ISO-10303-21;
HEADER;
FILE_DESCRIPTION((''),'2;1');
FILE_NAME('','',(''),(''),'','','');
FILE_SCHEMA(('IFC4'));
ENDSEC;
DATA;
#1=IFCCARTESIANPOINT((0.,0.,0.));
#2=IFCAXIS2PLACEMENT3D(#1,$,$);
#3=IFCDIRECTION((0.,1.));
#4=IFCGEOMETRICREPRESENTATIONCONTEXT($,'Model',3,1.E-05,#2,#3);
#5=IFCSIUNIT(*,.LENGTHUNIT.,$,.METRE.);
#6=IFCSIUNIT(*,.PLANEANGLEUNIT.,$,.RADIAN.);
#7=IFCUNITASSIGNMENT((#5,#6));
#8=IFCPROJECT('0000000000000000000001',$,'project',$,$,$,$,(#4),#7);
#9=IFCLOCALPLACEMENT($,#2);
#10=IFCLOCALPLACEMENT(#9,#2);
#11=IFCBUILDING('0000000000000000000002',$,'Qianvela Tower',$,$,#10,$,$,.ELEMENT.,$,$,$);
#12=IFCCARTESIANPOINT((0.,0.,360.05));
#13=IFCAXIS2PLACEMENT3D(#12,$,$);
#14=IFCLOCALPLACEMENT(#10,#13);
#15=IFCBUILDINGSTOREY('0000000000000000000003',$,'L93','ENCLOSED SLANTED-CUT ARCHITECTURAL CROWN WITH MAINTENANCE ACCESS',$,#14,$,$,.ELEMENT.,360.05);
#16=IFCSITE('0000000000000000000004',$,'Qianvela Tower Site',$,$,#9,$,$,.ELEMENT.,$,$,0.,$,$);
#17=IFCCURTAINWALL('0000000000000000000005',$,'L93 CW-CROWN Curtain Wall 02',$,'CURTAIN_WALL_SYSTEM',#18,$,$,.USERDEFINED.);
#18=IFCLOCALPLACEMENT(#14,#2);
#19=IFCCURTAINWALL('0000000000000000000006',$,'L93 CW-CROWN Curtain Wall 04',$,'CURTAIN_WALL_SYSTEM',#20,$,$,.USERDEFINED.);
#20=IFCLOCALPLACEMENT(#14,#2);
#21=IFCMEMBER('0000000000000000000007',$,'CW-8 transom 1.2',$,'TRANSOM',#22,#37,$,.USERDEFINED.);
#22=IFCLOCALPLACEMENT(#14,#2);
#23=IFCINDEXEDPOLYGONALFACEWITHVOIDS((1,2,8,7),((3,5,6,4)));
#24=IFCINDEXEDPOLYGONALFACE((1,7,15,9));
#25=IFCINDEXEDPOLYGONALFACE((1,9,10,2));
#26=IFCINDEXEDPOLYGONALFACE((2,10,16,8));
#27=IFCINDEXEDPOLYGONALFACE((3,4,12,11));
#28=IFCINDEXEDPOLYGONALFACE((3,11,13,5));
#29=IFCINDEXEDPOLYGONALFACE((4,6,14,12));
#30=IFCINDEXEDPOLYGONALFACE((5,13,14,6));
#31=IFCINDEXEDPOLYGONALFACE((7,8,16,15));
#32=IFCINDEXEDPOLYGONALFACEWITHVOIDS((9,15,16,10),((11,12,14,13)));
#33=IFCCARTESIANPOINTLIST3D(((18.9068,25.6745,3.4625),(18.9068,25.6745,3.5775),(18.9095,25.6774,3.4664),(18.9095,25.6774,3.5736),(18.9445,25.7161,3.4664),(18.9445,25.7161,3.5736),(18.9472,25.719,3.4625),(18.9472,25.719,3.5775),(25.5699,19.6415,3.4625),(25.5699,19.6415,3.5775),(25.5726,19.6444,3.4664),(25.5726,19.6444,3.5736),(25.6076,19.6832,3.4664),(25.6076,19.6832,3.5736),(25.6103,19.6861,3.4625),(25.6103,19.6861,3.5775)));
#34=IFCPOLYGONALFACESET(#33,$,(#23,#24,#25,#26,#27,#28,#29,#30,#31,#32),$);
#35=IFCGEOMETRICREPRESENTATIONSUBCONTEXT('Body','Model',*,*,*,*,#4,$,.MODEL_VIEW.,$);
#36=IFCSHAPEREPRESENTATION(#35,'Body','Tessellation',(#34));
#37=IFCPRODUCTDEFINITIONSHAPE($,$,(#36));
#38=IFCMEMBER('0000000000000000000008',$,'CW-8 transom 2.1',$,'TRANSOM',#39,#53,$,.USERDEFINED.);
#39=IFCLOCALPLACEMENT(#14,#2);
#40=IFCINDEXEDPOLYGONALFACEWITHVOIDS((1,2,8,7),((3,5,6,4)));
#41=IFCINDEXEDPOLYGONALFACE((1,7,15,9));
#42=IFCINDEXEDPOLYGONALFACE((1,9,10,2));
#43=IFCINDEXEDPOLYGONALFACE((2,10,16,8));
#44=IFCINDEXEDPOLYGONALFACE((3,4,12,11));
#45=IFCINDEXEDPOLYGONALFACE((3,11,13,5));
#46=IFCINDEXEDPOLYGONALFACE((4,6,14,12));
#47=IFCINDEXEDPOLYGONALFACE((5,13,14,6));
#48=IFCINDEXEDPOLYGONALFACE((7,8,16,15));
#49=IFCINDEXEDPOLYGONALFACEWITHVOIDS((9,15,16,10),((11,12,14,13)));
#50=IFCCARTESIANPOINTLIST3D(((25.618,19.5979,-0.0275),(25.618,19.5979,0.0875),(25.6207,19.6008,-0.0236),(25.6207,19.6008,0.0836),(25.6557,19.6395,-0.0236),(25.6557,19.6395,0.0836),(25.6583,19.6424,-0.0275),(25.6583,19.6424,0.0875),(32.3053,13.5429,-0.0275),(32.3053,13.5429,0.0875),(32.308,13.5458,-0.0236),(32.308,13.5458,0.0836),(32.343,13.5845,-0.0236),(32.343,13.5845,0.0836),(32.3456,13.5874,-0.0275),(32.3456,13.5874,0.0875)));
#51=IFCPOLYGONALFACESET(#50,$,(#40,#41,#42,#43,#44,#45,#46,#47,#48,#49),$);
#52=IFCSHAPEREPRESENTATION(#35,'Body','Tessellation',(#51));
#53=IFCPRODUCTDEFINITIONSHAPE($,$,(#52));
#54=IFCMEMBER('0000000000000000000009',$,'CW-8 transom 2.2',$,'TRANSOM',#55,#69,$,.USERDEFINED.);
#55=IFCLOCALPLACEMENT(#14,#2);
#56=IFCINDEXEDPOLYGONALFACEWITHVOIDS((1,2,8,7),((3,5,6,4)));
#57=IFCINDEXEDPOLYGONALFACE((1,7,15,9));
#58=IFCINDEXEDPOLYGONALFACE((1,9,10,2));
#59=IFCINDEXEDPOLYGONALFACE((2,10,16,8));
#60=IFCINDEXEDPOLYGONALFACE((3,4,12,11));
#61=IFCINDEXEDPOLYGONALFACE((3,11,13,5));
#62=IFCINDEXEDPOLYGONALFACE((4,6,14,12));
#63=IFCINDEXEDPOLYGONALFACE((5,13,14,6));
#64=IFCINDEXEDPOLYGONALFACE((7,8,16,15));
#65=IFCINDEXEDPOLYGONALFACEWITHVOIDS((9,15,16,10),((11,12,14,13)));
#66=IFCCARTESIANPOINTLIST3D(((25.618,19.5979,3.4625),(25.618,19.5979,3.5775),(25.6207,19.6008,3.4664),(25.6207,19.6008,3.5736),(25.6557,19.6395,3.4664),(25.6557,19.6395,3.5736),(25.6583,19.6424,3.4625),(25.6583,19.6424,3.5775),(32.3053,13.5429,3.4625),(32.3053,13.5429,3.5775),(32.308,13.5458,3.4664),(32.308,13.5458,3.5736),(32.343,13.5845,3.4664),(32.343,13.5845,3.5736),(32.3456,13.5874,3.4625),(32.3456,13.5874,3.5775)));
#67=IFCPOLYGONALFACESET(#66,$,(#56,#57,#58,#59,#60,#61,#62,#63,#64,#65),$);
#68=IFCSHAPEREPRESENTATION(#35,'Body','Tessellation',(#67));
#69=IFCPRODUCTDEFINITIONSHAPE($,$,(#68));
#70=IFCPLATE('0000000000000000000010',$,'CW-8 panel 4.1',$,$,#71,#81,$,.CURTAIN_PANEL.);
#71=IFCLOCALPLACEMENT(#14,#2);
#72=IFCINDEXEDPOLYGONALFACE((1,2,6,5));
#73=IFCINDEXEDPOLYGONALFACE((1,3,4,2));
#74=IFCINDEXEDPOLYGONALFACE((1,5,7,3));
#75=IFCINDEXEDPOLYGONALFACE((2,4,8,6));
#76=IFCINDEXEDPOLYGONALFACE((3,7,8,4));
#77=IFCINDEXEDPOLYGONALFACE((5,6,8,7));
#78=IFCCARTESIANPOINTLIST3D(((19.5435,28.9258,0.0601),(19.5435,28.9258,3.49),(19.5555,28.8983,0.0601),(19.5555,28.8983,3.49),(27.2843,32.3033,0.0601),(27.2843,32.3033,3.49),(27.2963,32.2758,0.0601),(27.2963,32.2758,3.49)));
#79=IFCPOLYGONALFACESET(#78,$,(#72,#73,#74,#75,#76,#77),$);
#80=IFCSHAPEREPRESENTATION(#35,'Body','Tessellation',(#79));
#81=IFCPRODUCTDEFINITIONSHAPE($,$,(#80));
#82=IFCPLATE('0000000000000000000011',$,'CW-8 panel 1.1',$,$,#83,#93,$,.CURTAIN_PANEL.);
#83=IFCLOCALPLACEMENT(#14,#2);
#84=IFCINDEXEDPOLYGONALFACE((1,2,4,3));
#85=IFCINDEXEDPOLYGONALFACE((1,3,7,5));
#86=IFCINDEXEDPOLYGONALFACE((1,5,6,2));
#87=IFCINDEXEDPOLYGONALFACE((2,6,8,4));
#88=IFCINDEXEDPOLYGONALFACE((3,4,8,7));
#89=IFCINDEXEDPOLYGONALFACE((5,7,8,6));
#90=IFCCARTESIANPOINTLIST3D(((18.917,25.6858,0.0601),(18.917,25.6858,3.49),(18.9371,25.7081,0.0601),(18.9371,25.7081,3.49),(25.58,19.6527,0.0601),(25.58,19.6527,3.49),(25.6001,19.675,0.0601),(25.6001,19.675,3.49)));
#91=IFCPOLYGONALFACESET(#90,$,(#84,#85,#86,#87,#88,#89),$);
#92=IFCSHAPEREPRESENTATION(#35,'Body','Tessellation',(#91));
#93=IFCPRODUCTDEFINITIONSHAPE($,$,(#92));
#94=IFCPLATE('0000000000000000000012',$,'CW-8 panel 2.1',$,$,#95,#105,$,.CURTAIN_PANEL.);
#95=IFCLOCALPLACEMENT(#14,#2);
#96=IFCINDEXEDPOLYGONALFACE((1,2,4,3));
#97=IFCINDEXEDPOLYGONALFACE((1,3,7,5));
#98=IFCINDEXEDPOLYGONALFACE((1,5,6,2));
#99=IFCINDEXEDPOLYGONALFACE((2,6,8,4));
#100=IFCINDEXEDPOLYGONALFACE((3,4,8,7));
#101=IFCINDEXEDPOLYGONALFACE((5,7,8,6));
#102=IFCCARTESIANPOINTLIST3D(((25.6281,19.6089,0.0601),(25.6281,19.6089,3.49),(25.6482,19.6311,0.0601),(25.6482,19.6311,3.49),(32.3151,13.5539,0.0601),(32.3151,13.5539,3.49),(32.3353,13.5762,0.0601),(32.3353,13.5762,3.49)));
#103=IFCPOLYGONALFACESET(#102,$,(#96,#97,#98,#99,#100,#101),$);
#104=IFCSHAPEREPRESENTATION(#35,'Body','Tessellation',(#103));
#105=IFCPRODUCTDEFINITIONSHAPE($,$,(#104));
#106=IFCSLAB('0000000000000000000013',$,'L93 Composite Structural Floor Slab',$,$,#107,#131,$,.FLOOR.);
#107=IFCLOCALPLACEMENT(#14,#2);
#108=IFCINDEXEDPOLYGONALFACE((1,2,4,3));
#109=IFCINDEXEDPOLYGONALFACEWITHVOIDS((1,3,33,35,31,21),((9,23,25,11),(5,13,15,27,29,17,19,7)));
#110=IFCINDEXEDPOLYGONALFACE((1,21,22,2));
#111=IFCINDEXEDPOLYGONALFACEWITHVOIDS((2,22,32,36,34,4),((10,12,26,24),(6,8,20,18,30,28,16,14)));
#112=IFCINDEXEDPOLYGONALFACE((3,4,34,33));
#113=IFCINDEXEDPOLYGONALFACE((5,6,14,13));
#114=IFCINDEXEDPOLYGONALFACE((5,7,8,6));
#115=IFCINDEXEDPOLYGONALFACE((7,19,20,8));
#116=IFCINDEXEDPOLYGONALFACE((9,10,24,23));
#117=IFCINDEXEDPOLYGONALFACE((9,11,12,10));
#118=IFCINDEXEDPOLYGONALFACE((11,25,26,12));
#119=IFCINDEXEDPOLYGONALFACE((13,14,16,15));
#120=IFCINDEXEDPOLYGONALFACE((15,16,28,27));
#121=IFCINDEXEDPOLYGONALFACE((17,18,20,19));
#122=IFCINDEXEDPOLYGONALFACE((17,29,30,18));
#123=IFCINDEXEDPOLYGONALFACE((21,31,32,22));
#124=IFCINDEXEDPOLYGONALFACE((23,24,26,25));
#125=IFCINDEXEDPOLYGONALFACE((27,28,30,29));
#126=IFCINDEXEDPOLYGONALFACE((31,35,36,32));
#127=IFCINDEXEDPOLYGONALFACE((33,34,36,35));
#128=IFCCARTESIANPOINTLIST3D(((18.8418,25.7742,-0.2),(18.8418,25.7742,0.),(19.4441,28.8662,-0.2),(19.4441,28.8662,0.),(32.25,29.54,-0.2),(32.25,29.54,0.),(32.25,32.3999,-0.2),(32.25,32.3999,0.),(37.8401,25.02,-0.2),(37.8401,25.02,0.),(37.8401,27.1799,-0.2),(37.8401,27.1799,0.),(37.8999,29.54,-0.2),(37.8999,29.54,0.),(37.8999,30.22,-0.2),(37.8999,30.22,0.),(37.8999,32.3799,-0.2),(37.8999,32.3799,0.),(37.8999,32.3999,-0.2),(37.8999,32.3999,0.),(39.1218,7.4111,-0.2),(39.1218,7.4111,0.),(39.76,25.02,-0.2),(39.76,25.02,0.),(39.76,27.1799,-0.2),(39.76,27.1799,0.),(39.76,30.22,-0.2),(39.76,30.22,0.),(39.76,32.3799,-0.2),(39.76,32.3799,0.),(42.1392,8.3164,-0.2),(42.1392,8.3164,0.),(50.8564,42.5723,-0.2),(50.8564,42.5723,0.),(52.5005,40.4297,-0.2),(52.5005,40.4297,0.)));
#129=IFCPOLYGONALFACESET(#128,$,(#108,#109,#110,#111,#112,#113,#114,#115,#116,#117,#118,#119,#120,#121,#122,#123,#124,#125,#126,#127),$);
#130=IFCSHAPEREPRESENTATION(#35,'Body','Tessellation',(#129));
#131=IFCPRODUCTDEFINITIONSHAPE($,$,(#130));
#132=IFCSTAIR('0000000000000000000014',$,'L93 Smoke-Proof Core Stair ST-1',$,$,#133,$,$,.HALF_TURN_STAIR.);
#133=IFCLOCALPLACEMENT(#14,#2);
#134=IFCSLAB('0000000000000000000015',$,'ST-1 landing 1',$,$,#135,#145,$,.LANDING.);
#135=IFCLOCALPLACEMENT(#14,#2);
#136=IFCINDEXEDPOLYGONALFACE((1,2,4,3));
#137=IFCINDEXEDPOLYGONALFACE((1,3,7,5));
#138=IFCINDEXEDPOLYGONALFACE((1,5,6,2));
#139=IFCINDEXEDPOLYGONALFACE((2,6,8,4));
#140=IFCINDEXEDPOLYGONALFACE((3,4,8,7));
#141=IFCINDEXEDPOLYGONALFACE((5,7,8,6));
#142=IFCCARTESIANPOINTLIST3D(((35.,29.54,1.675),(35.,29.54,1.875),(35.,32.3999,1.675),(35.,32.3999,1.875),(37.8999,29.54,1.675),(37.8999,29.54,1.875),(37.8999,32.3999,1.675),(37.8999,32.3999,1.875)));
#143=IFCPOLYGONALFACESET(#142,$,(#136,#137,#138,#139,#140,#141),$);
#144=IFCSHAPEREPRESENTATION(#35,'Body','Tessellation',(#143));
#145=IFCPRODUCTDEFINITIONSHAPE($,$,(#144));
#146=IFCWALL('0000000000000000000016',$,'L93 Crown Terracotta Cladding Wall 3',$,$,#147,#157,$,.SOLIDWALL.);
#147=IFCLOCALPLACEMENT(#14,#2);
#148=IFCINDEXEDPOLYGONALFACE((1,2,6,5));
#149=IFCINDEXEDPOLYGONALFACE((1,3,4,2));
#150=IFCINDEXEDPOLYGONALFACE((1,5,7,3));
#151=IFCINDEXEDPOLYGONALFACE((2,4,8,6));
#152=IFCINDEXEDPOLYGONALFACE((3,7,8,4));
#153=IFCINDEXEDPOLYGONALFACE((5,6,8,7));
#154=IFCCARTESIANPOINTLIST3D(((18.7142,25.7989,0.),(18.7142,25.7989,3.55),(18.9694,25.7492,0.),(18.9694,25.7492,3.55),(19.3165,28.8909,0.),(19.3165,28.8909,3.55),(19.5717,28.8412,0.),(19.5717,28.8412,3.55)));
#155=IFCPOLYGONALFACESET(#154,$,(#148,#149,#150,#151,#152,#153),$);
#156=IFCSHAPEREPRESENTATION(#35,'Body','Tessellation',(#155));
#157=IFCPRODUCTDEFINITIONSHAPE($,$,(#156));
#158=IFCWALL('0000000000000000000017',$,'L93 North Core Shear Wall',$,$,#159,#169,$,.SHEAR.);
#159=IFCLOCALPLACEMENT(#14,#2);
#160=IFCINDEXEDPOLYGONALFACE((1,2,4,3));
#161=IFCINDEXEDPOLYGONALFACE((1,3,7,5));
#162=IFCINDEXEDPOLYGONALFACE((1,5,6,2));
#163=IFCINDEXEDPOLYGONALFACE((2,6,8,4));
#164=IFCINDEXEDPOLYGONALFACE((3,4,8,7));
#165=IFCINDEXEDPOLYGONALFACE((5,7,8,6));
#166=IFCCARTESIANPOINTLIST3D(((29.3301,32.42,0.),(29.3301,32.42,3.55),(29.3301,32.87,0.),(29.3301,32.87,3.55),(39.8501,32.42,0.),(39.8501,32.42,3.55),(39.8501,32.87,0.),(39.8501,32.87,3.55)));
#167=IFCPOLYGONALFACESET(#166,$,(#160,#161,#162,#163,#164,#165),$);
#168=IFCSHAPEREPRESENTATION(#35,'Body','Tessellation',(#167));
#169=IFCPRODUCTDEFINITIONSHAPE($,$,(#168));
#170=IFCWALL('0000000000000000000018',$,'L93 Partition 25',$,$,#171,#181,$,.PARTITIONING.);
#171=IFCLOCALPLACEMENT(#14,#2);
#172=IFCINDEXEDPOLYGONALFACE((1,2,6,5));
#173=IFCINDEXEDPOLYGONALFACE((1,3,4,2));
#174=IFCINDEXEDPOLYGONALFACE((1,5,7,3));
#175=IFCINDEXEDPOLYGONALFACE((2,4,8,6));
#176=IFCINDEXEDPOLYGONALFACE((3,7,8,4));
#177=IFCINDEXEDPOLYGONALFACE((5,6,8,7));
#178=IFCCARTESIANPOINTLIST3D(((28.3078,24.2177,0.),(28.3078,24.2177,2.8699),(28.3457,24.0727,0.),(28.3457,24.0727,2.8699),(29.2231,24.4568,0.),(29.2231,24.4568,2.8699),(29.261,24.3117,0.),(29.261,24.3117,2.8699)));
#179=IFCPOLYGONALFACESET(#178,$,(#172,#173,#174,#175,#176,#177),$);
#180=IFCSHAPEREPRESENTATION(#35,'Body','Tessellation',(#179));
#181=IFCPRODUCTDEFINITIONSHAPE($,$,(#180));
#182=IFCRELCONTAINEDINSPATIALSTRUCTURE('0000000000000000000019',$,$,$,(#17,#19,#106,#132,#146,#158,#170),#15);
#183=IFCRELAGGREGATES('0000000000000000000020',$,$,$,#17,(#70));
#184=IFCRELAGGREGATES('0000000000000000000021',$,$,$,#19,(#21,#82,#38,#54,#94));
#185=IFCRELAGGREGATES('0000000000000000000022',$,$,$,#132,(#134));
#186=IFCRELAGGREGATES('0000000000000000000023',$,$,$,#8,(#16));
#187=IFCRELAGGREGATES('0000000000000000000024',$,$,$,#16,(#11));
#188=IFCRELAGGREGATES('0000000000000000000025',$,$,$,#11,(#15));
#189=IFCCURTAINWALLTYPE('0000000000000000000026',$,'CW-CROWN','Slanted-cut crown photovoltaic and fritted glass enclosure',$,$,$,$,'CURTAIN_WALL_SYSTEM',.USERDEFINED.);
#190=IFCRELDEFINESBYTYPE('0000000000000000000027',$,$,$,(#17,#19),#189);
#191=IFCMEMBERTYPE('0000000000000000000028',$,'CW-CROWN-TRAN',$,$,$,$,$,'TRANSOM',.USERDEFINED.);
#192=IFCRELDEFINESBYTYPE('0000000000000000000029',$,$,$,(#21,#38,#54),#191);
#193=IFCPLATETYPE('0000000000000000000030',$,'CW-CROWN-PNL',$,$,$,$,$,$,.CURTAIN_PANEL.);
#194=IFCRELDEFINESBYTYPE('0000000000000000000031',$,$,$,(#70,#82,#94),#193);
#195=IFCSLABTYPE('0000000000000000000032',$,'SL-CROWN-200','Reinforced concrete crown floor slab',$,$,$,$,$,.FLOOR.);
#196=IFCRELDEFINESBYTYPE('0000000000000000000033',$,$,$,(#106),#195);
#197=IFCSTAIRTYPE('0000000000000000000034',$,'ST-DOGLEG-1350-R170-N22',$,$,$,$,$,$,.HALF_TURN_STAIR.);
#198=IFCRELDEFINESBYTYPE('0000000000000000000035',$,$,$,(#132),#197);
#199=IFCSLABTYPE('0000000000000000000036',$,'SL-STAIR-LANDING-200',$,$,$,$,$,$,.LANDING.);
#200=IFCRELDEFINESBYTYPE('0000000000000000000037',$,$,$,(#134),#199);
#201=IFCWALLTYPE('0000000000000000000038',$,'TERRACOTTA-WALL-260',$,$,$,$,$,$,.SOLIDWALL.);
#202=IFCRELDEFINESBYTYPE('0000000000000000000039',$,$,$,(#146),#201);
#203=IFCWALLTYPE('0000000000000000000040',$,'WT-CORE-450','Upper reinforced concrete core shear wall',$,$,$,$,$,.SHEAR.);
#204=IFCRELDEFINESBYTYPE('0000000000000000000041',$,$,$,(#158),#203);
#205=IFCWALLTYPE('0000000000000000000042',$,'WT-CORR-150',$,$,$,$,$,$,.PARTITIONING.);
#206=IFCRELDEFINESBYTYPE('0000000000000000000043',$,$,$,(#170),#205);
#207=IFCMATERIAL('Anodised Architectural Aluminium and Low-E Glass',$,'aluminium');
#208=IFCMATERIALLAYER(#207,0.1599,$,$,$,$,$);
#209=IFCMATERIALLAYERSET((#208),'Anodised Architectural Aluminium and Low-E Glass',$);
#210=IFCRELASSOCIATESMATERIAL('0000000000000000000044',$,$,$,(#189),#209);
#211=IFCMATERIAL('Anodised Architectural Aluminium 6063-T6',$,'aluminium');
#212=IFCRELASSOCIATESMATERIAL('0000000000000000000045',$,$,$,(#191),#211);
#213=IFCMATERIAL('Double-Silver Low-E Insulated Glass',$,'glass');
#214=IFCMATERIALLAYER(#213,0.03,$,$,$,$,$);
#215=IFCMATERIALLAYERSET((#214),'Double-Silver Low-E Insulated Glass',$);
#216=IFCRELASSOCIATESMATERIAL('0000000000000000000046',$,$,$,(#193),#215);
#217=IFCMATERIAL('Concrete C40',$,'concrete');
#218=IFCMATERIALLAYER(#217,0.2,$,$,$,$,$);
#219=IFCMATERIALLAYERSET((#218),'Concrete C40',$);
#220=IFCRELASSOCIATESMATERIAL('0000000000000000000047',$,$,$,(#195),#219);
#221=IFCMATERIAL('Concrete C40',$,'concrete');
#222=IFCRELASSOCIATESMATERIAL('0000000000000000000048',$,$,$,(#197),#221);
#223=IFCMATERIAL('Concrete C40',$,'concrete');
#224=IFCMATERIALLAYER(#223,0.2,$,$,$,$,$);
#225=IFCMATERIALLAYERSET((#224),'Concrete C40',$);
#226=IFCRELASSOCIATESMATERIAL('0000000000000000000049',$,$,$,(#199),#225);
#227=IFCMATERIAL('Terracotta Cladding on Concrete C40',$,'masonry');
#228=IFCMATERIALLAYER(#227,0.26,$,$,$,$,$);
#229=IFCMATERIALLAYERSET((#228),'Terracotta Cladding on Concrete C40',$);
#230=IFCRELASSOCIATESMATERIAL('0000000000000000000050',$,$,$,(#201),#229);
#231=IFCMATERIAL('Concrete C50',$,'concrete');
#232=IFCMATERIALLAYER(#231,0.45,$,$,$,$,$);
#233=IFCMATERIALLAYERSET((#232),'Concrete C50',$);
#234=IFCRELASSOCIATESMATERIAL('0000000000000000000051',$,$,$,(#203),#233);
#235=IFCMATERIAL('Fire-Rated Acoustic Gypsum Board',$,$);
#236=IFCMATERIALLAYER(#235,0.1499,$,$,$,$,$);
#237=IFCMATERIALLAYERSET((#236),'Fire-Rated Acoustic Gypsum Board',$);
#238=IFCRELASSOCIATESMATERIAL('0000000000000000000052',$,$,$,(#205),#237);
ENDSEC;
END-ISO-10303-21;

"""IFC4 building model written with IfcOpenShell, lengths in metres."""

from ifc_helpers import new_model, si_unit, direction, frame, frame_2d, origin, origin_2d, place, context, subcontext, project, spatial, polyline, rectangle, hollow_rectangle, outline, extrude, material, layer, layer_set, material_profile, profile_set, type_object, element, aggregate, save


model = new_model("IFC4")

# Units and contexts
model_context = context("Model", 3, precision=1e-05, world=origin(), true_north=direction((0.0, 1.0)))
body_context = subcontext(model_context, "Body", "Model", "MODEL_VIEW")
ifc_project = project(units=[si_unit("LENGTHUNIT", "METRE"), si_unit("PLANEANGLEUNIT", "RADIAN")], contexts=[model_context])

# Site, building, storey
site_placement = place(None, origin())
site = spatial("IfcSite", under=ifc_project, at=site_placement, Name="Qianvela Tower Site", CompositionType="ELEMENT", RefElevation=0.0)
building_placement = place(site_placement, origin())
building = spatial("IfcBuilding", under=site, at=building_placement, Name="Qianvela Tower", CompositionType="ELEMENT")
storey_placement = place(building_placement, frame((0.0, 0.0, 360.05)))
storey = spatial("IfcBuildingStorey", under=building, at=storey_placement, Name="L93", Description="ENCLOSED SLANTED-CUT ARCHITECTURAL CROWN WITH MAINTENANCE ACCESS", CompositionType="ELEMENT", Elevation=360.05)

# Curtain walls
ifc_material_1 = material(Name="Anodised Architectural Aluminium and Low-E Glass", Category="aluminium")
ifc_layer_1 = layer(ifc_material_1, 0.1599)
ifc_layer_set_1 = layer_set([ifc_layer_1], Name="Anodised Architectural Aluminium and Low-E Glass")
curtain_wall_type = type_object("IfcCurtainWallType", Name="CW-CROWN", Description="Slanted-cut crown photovoltaic and fritted glass enclosure", ElementType="CURTAIN_WALL_SYSTEM", PredefinedType="USERDEFINED", material=ifc_layer_set_1)
curtain_wall_1_placement = place(storey_placement, origin())
curtain_wall_1 = element("IfcCurtainWall", 1, at=curtain_wall_1_placement, inside=storey, type_object=curtain_wall_type, Name="L93 CW-CROWN Curtain Wall 02", ObjectType="CURTAIN_WALL_SYSTEM", PredefinedType="USERDEFINED")
curtain_wall_2_placement = place(storey_placement, origin())
curtain_wall_2 = element("IfcCurtainWall", 2, at=curtain_wall_2_placement, inside=storey, type_object=curtain_wall_type, Name="L93 CW-CROWN Curtain Wall 04", ObjectType="CURTAIN_WALL_SYSTEM", PredefinedType="USERDEFINED")

# Members
ifc_material_2 = material(Name="Anodised Architectural Aluminium 6063-T6", Category="aluminium")
ifc_material_profile_1 = material_profile(ifc_material_2, hollow_rectangle(XDim=0.0601, YDim=0.115, WallThickness=0.0039, at=origin_2d()), Name="ALU-TRAN-60x115")
ifc_profile_set_1 = profile_set([ifc_material_profile_1], Name="Anodised Architectural Aluminium 6063-T6")
member_type_1 = type_object("IfcMemberType", Name="CW-CROWN-TRAN", ElementType="TRANSOM", PredefinedType="USERDEFINED", material=ifc_profile_set_1)
member_1_placement = place(storey_placement, frame((18.927, 25.6968, 3.52), z_axis=(0.741289, -0.671186, 0.0), x_axis=(0.671186, 0.741289, 0.0)))
member_1 = element("IfcMember", 3, at=member_1_placement, type_object=member_type_1, Name="CW-8 transom 1.2", ObjectType="TRANSOM", PredefinedType="USERDEFINED", context=body_context, shape_type="SweptSolid", body=[
    extrude(hollow_rectangle(XDim=0.0601, YDim=0.115, WallThickness=0.0039, at=origin_2d()), origin(), (0.0, 0.0, 1.0), 8.9885),
])
member_2_placement = place(storey_placement, frame((25.6382, 19.6201, 0.03), z_axis=(0.741284, -0.671191, 0.0), x_axis=(0.671191, 0.741284, 0.0)))
member_2 = element("IfcMember", 4, at=member_2_placement, type_object=member_type_1, Name="CW-8 transom 2.1", ObjectType="TRANSOM", PredefinedType="USERDEFINED", context=body_context, shape_type="SweptSolid", body=[
    extrude(hollow_rectangle(XDim=0.0601, YDim=0.115, WallThickness=0.0039, at=origin_2d()), origin(), (0.0, 0.0, 1.0), 9.0212),
])
member_3_placement = place(storey_placement, frame((25.6382, 19.6201, 3.52), z_axis=(0.741284, -0.671191, 0.0), x_axis=(0.671191, 0.741284, 0.0)))
member_3 = element("IfcMember", 5, at=member_3_placement, type_object=member_type_1, Name="CW-8 transom 2.2", ObjectType="TRANSOM", PredefinedType="USERDEFINED", context=body_context, shape_type="SweptSolid", body=[
    extrude(hollow_rectangle(XDim=0.0601, YDim=0.115, WallThickness=0.0039, at=origin_2d()), origin(), (0.0, 0.0, 1.0), 9.0212),
])

# Plates
ifc_material_3 = material(Name="Double-Silver Low-E Insulated Glass", Category="glass")
ifc_layer_2 = layer(ifc_material_3, 0.03)
ifc_layer_set_2 = layer_set([ifc_layer_2], Name="Double-Silver Low-E Insulated Glass")
plate_type = type_object("IfcPlateType", Name="CW-CROWN-PNL", PredefinedType="CURTAIN_PANEL", material=ifc_layer_set_2)
plate_1_placement = place(storey_placement, frame((23.4199, 30.6008, 0.0601), z_axis=(0.0, 0.0, 1.0), x_axis=(-0.916552, -0.399915, 0.0)))
plate_1 = element("IfcPlate", 6, at=plate_1_placement, type_object=plate_type, Name="CW-8 panel 4.1", PredefinedType="CURTAIN_PANEL", context=body_context, shape_type="SweptSolid", body=[
    extrude(rectangle(XDim=8.4456, YDim=0.03, at=origin_2d()), origin(), (0.0, 0.0, 1.0), 3.4299),
])
aggregate(curtain_wall_1, [plate_1])
plate_2_placement = place(storey_placement, frame((22.2585, 22.6804, 0.0601), z_axis=(0.0, 0.0, 1.0), x_axis=(0.741275, -0.671201, 0.0)))
plate_2 = element("IfcPlate", 7, at=plate_2_placement, type_object=plate_type, Name="CW-8 panel 1.1", PredefinedType="CURTAIN_PANEL", context=body_context, shape_type="SweptSolid", body=[
    extrude(rectangle(XDim=8.9885, YDim=0.03, at=origin_2d()), origin(), (0.0, 0.0, 1.0), 3.4299),
])
plate_3_placement = place(storey_placement, frame((28.9817, 16.5925, 0.0601), z_axis=(0.0, 0.0, 1.0), x_axis=(0.741275, -0.671201, 0.0)))
plate_3 = element("IfcPlate", 8, at=plate_3_placement, type_object=plate_type, Name="CW-8 panel 2.1", PredefinedType="CURTAIN_PANEL", context=body_context, shape_type="SweptSolid", body=[
    extrude(rectangle(XDim=9.021, YDim=0.03, at=origin_2d()), origin(), (0.0, 0.0, 1.0), 3.4299),
])
aggregate(curtain_wall_2, [member_1, plate_2, member_2, member_3, plate_3])

# Slab
ifc_material_4 = material(Name="Concrete C40", Category="concrete")
ifc_layer_3 = layer(ifc_material_4, 0.2)
ifc_layer_set_3 = layer_set([ifc_layer_3], Name="Concrete C40")
slab_type_1 = type_object("IfcSlabType", Name="SL-CROWN-200", Description="Reinforced concrete crown floor slab", PredefinedType="FLOOR", material=ifc_layer_set_3)
slab_1_placement = place(storey_placement, frame((0.0, 0.0, -0.2)))
element("IfcSlab", 9, at=slab_1_placement, inside=storey, type_object=slab_type_1, Name="L93 Composite Structural Floor Slab", PredefinedType="FLOOR", context=body_context, shape_type="SweptSolid", body=[
    extrude(outline(polyline([(52.5005, 40.4297), (50.8564, 42.5723), (19.4441, 28.8662), (18.8418, 25.7742), (39.1218, 7.4111), (42.1392, 8.3164), (52.5005, 40.4297)]), holes=[polyline([(37.8401, 25.02), (39.76, 25.02), (39.76, 27.1799), (37.8401, 27.1799), (37.8401, 25.02)]), polyline([(37.8999, 29.54), (37.8999, 30.22), (39.76, 30.22), (39.76, 32.3799), (37.8999, 32.3799), (37.8999, 32.3999), (32.25, 32.3999), (32.25, 29.54), (37.8999, 29.54)])]), origin(), (0.0, 0.0, 1.0), 0.2),
])

# Stair, slab
ifc_material_5 = material(Name="Concrete C40", Category="concrete")
stair_type = type_object("IfcStairType", Name="ST-DOGLEG-1350-R170-N22", PredefinedType="HALF_TURN_STAIR", material=ifc_material_5)
stair_placement = place(storey_placement, origin())
stair = element("IfcStair", 10, at=stair_placement, inside=storey, type_object=stair_type, Name="L93 Smoke-Proof Core Stair ST-1", PredefinedType="HALF_TURN_STAIR")
ifc_material_6 = material(Name="Concrete C40", Category="concrete")
ifc_layer_4 = layer(ifc_material_6, 0.2)
ifc_layer_set_4 = layer_set([ifc_layer_4], Name="Concrete C40")
slab_type_2 = type_object("IfcSlabType", Name="SL-STAIR-LANDING-200", PredefinedType="LANDING", material=ifc_layer_set_4)
slab_2_placement = place(storey_placement, frame((0.0, 0.0, 1.675)))
slab_2 = element("IfcSlab", 11, at=slab_2_placement, type_object=slab_type_2, Name="ST-1 landing 1", PredefinedType="LANDING", context=body_context, shape_type="SweptSolid", body=[
    extrude(outline(polyline([(35.0, 29.54), (37.8999, 29.54), (37.8999, 32.3999), (35.0, 32.3999), (35.0, 29.54)])), origin(), (0.0, 0.0, 1.0), 0.2),
])
aggregate(stair, [slab_2])

# Walls
ifc_material_7 = material(Name="Terracotta Cladding on Concrete C40", Category="masonry")
ifc_layer_5 = layer(ifc_material_7, 0.26)
ifc_layer_set_5 = layer_set([ifc_layer_5], Name="Terracotta Cladding on Concrete C40")
wall_type_1 = type_object("IfcWallType", Name="TERRACOTTA-WALL-260", PredefinedType="SOLIDWALL", material=ifc_layer_set_5)
wall_1_placement = place(storey_placement, frame((19.4441, 28.8662, 0.0), z_axis=(0.0, 0.0, 1.0), x_axis=(-0.191195, -0.981552, 0.0)))
element("IfcWall", 12, at=wall_1_placement, inside=storey, type_object=wall_type_1, Name="L93 Crown Terracotta Cladding Wall 3", PredefinedType="SOLIDWALL", context=body_context, shape_type="SweptSolid", body=[
    extrude(rectangle(XDim=3.1501, YDim=0.26, at=frame_2d((1.5752, 0.0))), origin(), (0.0, 0.0, 1.0), 3.55),
])
ifc_material_8 = material(Name="Concrete C50", Category="concrete")
ifc_layer_6 = layer(ifc_material_8, 0.45)
ifc_layer_set_6 = layer_set([ifc_layer_6], Name="Concrete C50")
wall_type_2 = type_object("IfcWallType", Name="WT-CORE-450", Description="Upper reinforced concrete core shear wall", PredefinedType="SHEAR", material=ifc_layer_set_6)
wall_2_placement = place(storey_placement, frame((29.3301, 32.645, 0.0), z_axis=(0.0, 0.0, 1.0), x_axis=(1.0, 0.0, 0.0)))
element("IfcWall", 13, at=wall_2_placement, inside=storey, type_object=wall_type_2, Name="L93 North Core Shear Wall", PredefinedType="SHEAR", context=body_context, shape_type="SweptSolid", body=[
    extrude(rectangle(XDim=10.52, YDim=0.45, at=frame_2d((5.26, 0.0))), origin(), (0.0, 0.0, 1.0), 3.55),
])
ifc_material_9 = material(Name="Fire-Rated Acoustic Gypsum Board")
ifc_layer_7 = layer(ifc_material_9, 0.1499)
ifc_layer_set_7 = layer_set([ifc_layer_7], Name="Fire-Rated Acoustic Gypsum Board")
wall_type_3 = type_object("IfcWallType", Name="WT-CORR-150", PredefinedType="PARTITIONING", material=ifc_layer_set_7)
wall_3_placement = place(storey_placement, frame((29.2422, 24.3843, 0.0), z_axis=(0.0, 0.0, 1.0), x_axis=(-0.967554, -0.252664, 0.0)))
element("IfcWall", 14, at=wall_3_placement, inside=storey, type_object=wall_type_3, Name="L93 Partition 25", PredefinedType="PARTITIONING", context=body_context, shape_type="SweptSolid", body=[
    extrude(rectangle(XDim=0.946, YDim=0.1499, at=frame_2d((0.4731, 0.0))), origin(), (0.0, 0.0, 1.0), 2.8699),
])

save(model, "model.ifc")
